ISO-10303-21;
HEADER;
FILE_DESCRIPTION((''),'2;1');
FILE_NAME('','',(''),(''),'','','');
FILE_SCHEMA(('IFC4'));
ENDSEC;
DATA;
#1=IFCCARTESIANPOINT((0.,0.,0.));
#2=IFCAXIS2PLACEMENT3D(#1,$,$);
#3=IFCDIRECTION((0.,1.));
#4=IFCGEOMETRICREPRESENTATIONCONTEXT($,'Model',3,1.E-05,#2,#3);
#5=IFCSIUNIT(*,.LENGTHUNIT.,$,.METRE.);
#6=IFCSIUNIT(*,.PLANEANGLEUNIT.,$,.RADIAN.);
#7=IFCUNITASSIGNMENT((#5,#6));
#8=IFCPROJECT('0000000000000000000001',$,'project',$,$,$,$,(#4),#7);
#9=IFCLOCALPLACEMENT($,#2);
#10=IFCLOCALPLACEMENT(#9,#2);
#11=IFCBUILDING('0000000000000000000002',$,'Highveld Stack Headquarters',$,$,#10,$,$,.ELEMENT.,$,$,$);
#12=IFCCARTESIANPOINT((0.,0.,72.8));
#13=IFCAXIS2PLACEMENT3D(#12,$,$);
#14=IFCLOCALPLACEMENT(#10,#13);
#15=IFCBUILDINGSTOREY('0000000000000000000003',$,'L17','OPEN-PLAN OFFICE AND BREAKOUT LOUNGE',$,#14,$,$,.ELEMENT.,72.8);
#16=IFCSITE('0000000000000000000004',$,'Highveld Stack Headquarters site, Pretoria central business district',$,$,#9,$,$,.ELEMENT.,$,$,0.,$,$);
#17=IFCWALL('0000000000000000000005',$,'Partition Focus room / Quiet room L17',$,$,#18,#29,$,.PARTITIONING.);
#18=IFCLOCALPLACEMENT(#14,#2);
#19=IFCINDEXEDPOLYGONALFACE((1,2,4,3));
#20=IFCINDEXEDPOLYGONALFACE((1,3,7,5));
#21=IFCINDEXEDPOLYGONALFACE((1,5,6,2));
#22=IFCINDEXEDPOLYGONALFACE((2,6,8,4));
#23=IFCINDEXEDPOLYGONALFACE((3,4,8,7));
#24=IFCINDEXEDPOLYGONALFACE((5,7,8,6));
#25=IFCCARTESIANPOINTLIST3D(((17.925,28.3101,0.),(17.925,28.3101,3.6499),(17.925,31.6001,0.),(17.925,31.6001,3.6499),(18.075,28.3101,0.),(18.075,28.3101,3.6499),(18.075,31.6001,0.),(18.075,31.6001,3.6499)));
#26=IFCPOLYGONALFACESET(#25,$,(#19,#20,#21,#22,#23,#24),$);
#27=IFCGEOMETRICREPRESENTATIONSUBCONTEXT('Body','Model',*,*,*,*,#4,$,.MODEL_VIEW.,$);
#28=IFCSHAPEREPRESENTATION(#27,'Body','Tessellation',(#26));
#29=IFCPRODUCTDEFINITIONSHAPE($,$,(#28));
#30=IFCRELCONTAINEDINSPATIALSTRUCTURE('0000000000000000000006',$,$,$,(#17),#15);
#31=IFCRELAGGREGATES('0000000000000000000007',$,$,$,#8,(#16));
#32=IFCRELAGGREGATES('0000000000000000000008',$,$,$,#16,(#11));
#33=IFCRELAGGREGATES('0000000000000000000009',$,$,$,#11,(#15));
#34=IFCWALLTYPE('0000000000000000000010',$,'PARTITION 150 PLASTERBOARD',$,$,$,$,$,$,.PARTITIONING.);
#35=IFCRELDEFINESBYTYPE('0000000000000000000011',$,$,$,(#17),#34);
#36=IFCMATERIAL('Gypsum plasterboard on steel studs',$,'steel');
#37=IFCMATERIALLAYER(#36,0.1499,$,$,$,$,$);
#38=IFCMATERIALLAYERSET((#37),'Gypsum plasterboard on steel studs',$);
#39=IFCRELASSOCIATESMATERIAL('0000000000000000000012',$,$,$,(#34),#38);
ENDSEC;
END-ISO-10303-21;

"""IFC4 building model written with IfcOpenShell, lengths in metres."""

from ifc_helpers import new_model, si_unit, direction, frame, frame_2d, origin, place, context, subcontext, project, spatial, rectangle, extrude, material, layer, layer_set, type_object, element, save


model = new_model("IFC4")

# Units and contexts
model_context = context("Model", 3, precision=1e-05, world=origin(), true_north=direction((0.0, 1.0)))
body_context = subcontext(model_context, "Body", "Model", "MODEL_VIEW")
ifc_project = project(units=[si_unit("LENGTHUNIT", "METRE"), si_unit("PLANEANGLEUNIT", "RADIAN")], contexts=[model_context])

# Site, building, storey
site_placement = place(None, origin())
site = spatial("IfcSite", under=ifc_project, at=site_placement, Name="Highveld Stack Headquarters site, Pretoria central business district", CompositionType="ELEMENT", RefElevation=0.0)
building_placement = place(site_placement, origin())
building = spatial("IfcBuilding", under=site, at=building_placement, Name="Highveld Stack Headquarters", CompositionType="ELEMENT")
storey_placement = place(building_placement, frame((0.0, 0.0, 72.8)))
storey = spatial("IfcBuildingStorey", under=building, at=storey_placement, Name="L17", Description="OPEN-PLAN OFFICE AND BREAKOUT LOUNGE", CompositionType="ELEMENT", Elevation=72.8)

# Wall
ifc_material_1 = material(Name="Gypsum plasterboard on steel studs", Category="steel")
ifc_layer_1 = layer(ifc_material_1, 0.1499)
ifc_layer_set_1 = layer_set([ifc_layer_1], Name="Gypsum plasterboard on steel studs")
wall_type = type_object("IfcWallType", Name="PARTITION 150 PLASTERBOARD", PredefinedType="PARTITIONING", material=ifc_layer_set_1)
for number, where, z_axis, x_axis, name in (
    (1, (18.0, 28.3101, 0.0), (0.0, 0.0, 1.0), (0.0, 1.0, 0.0), "Partition Focus room / Quiet room L17"),
):
    element("IfcWall", number, at=place(storey_placement, frame(where, z_axis=z_axis, x_axis=x_axis)), inside=storey, type_object=wall_type, Name=name, PredefinedType="PARTITIONING", context=body_context, shape_type="SweptSolid", body=[
        extrude(rectangle(XDim=3.29, YDim=0.1499, at=frame_2d((1.645, 0.0))), origin(), (0.0, 0.0, 1.0), 3.6499),
    ])

save(model, "model.ifc")
